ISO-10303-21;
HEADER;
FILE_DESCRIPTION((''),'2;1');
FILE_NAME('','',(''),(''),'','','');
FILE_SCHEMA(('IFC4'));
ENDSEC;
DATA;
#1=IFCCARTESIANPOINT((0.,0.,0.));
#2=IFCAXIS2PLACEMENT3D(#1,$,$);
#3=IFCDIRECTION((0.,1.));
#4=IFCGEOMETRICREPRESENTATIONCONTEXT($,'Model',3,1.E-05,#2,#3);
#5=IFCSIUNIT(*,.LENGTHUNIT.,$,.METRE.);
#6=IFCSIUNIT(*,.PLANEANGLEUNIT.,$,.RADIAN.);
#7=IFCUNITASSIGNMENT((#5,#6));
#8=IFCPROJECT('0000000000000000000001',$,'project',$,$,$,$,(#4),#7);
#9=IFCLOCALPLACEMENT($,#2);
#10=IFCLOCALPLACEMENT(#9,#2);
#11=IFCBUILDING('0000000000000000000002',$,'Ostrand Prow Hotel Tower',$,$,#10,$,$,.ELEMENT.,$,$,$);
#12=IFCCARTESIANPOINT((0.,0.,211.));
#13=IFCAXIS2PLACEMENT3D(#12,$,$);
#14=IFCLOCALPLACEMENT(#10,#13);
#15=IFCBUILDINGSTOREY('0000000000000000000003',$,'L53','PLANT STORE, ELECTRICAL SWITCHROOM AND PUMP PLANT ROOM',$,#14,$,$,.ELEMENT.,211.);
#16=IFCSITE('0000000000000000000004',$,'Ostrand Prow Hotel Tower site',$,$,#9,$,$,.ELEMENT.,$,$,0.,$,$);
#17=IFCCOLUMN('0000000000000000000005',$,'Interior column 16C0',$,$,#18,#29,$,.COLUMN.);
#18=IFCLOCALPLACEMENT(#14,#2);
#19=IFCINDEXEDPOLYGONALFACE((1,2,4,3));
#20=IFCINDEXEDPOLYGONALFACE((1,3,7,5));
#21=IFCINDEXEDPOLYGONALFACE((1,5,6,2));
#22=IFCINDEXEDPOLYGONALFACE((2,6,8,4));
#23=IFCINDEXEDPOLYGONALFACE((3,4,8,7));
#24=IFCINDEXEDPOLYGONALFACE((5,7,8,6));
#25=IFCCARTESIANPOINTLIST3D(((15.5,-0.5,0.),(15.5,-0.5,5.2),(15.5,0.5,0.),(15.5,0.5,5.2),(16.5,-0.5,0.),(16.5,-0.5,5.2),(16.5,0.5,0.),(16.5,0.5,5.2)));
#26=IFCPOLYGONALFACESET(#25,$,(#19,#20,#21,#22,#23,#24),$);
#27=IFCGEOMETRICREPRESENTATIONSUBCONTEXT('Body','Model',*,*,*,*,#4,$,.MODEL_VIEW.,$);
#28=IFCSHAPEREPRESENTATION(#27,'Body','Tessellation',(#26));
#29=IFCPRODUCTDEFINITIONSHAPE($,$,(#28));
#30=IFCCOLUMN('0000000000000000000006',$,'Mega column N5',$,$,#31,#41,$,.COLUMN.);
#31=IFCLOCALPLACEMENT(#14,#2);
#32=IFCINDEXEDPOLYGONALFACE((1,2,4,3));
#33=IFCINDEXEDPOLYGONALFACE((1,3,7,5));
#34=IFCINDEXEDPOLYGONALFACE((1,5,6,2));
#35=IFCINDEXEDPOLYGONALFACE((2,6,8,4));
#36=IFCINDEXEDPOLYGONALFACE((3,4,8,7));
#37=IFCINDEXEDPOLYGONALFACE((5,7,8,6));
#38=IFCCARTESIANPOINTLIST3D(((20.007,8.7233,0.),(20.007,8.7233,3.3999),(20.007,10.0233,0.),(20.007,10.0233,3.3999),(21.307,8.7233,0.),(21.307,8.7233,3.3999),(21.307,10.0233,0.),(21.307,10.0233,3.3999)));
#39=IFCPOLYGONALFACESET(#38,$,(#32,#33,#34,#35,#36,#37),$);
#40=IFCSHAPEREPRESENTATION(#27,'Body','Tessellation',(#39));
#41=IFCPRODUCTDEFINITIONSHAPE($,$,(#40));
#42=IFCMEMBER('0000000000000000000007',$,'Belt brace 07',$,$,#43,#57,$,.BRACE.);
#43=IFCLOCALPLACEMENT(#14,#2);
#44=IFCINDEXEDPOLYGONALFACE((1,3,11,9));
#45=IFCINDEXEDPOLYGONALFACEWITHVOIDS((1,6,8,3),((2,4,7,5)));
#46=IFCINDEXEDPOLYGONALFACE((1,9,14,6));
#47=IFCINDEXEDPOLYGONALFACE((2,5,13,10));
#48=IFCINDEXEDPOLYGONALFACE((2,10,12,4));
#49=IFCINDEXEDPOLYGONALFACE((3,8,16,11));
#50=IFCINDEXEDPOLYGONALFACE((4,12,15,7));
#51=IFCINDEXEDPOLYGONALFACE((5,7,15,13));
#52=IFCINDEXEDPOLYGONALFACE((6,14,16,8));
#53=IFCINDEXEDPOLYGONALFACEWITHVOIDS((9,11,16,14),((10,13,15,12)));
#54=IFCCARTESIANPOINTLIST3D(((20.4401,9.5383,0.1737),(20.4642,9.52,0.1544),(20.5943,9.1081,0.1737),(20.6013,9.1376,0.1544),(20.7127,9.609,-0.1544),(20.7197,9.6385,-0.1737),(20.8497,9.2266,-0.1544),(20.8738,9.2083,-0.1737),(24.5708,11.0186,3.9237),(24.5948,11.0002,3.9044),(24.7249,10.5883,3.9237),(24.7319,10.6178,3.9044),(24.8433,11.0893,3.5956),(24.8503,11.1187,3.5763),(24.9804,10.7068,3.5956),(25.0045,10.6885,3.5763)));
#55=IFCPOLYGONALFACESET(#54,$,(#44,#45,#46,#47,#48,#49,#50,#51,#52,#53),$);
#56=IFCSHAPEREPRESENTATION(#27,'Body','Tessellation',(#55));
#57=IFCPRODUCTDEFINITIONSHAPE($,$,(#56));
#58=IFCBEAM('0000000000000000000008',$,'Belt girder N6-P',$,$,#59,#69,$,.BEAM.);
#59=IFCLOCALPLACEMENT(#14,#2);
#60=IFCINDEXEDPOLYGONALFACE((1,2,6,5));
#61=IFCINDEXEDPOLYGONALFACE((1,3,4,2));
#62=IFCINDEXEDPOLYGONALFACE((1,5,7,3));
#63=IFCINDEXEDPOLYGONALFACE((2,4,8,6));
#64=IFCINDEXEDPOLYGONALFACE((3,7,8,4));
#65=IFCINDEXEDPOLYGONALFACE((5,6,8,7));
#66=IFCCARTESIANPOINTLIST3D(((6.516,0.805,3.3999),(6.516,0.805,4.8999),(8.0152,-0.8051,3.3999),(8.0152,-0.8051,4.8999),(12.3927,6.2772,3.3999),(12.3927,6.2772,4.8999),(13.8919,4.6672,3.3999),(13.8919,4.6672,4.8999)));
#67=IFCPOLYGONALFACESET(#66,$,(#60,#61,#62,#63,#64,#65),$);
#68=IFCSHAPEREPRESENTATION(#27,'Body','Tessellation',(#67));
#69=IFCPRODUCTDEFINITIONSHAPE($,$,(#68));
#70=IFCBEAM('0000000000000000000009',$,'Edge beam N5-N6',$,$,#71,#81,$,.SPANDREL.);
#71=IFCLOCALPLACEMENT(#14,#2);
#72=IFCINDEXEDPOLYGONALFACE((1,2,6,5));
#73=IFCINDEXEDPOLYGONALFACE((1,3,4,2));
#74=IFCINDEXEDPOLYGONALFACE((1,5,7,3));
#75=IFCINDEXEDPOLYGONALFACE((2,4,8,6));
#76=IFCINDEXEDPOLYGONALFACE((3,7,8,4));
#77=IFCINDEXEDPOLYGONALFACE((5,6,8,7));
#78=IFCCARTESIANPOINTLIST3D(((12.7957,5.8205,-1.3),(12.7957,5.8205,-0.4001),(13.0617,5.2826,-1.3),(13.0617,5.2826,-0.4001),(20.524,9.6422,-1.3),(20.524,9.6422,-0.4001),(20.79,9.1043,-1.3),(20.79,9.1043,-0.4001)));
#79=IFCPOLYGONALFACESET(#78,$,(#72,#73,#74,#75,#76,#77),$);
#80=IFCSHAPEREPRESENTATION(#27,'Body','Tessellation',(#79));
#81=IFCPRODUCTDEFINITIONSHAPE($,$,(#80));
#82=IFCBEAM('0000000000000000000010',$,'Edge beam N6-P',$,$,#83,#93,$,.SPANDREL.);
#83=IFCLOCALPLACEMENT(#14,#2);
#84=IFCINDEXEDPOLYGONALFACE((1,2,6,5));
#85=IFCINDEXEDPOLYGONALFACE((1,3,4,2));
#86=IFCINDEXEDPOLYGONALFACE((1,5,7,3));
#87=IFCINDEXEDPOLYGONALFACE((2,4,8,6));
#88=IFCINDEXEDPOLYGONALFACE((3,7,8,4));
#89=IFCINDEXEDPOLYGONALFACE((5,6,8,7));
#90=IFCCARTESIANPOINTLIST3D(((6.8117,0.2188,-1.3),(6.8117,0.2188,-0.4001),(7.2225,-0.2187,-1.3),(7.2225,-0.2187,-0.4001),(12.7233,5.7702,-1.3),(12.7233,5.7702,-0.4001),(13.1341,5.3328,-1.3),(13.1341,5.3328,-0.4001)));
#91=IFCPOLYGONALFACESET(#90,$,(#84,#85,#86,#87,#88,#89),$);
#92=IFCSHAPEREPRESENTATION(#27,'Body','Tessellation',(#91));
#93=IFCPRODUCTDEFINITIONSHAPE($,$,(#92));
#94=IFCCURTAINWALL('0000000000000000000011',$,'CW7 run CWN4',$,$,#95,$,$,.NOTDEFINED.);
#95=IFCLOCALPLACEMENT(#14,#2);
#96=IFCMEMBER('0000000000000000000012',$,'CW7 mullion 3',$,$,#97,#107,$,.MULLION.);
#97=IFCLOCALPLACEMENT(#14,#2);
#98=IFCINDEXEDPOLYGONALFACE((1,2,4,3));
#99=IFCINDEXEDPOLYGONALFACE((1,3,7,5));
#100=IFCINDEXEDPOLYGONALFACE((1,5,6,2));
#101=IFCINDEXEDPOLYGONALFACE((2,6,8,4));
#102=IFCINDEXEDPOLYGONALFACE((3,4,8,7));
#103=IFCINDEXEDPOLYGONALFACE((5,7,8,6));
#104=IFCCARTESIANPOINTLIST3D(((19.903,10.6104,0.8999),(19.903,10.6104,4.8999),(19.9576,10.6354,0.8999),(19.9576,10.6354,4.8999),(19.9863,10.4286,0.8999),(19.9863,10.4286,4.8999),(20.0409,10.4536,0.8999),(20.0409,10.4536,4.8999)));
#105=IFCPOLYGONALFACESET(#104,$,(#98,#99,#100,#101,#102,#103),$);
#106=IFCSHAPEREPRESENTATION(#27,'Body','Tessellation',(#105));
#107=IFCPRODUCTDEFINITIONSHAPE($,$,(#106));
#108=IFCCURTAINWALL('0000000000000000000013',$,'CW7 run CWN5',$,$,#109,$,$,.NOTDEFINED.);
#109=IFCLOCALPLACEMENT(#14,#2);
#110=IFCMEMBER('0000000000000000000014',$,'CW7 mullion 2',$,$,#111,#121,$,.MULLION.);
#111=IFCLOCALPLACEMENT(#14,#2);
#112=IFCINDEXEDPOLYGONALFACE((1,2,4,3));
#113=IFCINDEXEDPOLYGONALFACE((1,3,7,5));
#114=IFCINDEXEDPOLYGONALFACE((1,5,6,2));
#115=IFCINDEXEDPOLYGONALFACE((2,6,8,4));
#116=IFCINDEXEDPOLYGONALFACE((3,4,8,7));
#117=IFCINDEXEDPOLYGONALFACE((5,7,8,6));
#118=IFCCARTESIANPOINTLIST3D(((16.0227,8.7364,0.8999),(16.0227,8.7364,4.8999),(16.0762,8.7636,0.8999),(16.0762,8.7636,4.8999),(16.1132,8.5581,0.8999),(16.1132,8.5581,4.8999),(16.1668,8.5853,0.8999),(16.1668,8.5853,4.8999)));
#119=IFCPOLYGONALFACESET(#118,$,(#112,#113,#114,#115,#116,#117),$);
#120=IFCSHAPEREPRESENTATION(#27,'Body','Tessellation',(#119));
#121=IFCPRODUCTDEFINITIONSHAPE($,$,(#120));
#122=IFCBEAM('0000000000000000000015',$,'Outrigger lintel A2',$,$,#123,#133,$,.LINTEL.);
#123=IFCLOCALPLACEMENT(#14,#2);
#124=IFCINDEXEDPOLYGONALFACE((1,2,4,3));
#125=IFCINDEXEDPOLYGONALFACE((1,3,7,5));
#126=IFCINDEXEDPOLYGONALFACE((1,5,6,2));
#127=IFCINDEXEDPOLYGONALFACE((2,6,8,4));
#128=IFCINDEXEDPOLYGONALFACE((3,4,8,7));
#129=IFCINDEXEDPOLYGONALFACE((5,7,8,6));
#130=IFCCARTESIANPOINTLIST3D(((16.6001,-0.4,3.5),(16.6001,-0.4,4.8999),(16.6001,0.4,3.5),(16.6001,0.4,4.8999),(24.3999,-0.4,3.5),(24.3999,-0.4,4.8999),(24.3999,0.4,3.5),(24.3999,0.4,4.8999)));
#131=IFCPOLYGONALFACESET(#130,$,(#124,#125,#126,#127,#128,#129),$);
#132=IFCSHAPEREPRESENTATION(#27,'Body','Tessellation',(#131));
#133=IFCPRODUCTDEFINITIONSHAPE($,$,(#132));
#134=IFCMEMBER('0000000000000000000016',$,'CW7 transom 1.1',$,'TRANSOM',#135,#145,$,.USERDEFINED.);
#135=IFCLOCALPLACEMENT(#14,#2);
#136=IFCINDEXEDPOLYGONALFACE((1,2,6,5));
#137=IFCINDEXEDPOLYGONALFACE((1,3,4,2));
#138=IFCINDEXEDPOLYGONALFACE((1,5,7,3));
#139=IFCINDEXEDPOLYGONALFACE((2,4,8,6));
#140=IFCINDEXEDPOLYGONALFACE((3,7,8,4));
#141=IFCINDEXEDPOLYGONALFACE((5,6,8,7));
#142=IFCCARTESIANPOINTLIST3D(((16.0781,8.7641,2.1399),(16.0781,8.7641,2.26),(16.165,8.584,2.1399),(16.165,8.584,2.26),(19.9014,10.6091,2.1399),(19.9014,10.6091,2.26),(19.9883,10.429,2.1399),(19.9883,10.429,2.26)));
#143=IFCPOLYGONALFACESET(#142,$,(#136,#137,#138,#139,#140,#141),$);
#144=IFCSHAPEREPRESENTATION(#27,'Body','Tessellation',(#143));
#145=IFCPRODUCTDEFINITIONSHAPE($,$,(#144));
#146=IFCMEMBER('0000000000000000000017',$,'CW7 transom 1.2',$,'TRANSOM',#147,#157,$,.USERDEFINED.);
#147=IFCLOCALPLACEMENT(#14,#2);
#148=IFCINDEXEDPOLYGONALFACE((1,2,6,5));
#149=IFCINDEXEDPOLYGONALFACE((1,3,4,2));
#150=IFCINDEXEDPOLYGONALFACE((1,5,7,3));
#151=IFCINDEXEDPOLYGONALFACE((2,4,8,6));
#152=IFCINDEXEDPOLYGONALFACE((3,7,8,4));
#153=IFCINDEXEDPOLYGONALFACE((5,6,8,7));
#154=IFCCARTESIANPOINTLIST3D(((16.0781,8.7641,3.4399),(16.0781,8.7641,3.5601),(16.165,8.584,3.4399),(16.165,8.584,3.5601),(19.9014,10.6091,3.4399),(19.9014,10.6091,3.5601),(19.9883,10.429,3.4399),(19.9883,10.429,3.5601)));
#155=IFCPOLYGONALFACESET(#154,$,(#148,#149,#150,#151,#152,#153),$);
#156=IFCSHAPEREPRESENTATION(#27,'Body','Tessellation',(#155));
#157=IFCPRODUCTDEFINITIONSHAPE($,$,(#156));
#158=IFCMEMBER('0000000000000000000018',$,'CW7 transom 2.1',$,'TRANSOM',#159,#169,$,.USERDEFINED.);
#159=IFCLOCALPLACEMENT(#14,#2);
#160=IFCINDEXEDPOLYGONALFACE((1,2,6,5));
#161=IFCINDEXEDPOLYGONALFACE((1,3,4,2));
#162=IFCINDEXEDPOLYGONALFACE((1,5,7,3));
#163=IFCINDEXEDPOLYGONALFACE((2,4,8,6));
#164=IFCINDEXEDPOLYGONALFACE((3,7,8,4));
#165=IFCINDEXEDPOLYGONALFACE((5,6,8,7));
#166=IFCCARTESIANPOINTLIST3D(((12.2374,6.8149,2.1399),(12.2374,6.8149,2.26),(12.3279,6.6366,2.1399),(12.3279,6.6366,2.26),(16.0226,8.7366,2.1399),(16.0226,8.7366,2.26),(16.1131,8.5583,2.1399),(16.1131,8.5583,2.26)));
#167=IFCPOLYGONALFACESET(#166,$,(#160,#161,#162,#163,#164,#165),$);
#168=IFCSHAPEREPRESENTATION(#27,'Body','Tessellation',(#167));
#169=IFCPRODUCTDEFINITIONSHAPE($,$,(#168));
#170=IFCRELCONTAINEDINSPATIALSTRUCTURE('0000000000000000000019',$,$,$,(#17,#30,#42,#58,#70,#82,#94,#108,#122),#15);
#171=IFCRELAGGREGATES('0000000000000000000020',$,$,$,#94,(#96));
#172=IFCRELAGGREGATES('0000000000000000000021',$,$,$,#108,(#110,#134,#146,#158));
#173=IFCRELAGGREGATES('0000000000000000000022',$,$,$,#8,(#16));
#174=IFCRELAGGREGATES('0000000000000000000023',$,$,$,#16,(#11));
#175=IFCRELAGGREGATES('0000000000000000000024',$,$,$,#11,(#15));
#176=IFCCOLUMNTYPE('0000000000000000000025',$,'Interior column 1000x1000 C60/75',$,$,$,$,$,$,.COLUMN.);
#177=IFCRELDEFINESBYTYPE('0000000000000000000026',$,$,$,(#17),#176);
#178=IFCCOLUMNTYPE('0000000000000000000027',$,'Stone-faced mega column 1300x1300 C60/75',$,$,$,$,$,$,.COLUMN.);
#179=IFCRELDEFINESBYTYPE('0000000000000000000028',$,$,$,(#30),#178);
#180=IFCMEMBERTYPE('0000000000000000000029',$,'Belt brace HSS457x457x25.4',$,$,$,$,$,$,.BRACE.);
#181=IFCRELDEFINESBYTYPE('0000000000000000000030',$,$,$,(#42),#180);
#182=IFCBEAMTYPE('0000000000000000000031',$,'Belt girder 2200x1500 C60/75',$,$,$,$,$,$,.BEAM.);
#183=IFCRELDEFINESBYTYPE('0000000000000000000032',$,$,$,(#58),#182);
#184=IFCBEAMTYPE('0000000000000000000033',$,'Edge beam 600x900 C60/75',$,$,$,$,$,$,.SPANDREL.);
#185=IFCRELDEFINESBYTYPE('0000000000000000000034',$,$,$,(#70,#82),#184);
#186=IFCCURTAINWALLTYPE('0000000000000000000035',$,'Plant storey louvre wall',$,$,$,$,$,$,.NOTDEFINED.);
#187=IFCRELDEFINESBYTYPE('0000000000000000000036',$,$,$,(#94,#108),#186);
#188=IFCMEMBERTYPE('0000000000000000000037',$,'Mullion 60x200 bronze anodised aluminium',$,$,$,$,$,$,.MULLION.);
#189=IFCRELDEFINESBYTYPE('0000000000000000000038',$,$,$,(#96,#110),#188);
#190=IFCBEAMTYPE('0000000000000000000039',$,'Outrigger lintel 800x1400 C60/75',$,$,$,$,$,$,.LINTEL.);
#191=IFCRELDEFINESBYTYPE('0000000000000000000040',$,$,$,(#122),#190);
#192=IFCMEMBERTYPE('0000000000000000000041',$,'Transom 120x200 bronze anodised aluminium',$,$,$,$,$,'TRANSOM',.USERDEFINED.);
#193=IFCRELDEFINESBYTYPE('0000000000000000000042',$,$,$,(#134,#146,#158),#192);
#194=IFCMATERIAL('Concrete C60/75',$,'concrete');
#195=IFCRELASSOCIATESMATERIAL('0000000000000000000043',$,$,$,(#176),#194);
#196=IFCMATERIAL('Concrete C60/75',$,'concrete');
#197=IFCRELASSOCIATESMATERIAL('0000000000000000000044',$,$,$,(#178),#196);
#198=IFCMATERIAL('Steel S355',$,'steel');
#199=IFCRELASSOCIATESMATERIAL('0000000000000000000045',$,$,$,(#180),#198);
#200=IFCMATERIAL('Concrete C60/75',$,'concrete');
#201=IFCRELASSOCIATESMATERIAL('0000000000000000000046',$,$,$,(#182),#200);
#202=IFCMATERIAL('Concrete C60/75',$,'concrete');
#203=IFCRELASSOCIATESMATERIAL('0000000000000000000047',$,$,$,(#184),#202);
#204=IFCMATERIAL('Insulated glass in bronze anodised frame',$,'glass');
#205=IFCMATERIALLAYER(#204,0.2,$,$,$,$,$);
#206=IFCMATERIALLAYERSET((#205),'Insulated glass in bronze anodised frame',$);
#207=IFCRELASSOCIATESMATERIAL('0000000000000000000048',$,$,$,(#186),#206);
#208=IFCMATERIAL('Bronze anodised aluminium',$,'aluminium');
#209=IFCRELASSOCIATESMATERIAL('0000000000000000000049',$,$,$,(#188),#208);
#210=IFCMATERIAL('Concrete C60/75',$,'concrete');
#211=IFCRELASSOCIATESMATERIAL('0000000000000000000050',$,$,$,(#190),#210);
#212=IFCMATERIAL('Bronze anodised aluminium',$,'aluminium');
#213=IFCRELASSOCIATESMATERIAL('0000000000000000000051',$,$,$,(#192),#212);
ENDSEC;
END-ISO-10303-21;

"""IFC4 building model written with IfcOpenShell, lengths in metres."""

from ifc_helpers import new_model, si_unit, direction, frame, origin, origin_2d, place, context, subcontext, project, spatial, rectangle, hollow_rectangle, extrude, material, layer, layer_set, material_profile, profile_set, type_object, element, aggregate, save


model = new_model("IFC4")

# Units and contexts
model_context = context("Model", 3, precision=1e-05, world=origin(), true_north=direction((0.0, 1.0)))
body_context = subcontext(model_context, "Body", "Model", "MODEL_VIEW")
ifc_project = project(units=[si_unit("LENGTHUNIT", "METRE"), si_unit("PLANEANGLEUNIT", "RADIAN")], contexts=[model_context])

# Site, building, storey
site_placement = place(None, origin())
site = spatial("IfcSite", under=ifc_project, at=site_placement, Name="Ostrand Prow Hotel Tower site", CompositionType="ELEMENT", RefElevation=0.0)
building_placement = place(site_placement, origin())
building = spatial("IfcBuilding", under=site, at=building_placement, Name="Ostrand Prow Hotel Tower", CompositionType="ELEMENT")
storey_placement = place(building_placement, frame((0.0, 0.0, 211.0)))
storey = spatial("IfcBuildingStorey", under=building, at=storey_placement, Name="L53", Description="PLANT STORE, ELECTRICAL SWITCHROOM AND PUMP PLANT ROOM", CompositionType="ELEMENT", Elevation=211.0)

# Columns
ifc_material_1 = material(Name="Concrete C60/75", Category="concrete")
ifc_material_profile_1 = material_profile(ifc_material_1, rectangle(XDim=1.0, YDim=1.0, at=origin_2d()), Name="RC 1000x1000")
ifc_profile_set_1 = profile_set([ifc_material_profile_1], Name="Concrete C60/75")
column_type_1 = type_object("IfcColumnType", Name="Interior column 1000x1000 C60/75", PredefinedType="COLUMN", material=ifc_profile_set_1)
column_1_placement = place(storey_placement, frame((16.0, 0.0, 0.0), z_axis=(0.0, 0.0, 1.0), x_axis=(1.0, 0.0, 0.0)))
element("IfcColumn", 1, at=column_1_placement, inside=storey, type_object=column_type_1, Name="Interior column 16C0", PredefinedType="COLUMN", context=body_context, shape_type="SweptSolid", body=[
    extrude(rectangle(XDim=1.0, YDim=1.0, at=origin_2d()), origin(), (0.0, 0.0, 1.0), 5.2),
])
ifc_material_2 = material(Name="Concrete C60/75", Category="concrete")
ifc_material_profile_2 = material_profile(ifc_material_2, rectangle(XDim=1.3, YDim=1.3, at=origin_2d()), Name="RC 1300x1300")
ifc_profile_set_2 = profile_set([ifc_material_profile_2], Name="Concrete C60/75")
column_type_2 = type_object("IfcColumnType", Name="Stone-faced mega column 1300x1300 C60/75", PredefinedType="COLUMN", material=ifc_profile_set_2)
column_2_placement = place(storey_placement, frame((20.657, 9.3733, 0.0), z_axis=(0.0, 0.0, 1.0), x_axis=(1.0, 0.0, 0.0)))
element("IfcColumn", 2, at=column_2_placement, inside=storey, type_object=column_type_2, Name="Mega column N5", PredefinedType="COLUMN", context=body_context, shape_type="SweptSolid", body=[
    extrude(rectangle(XDim=1.3, YDim=1.3, at=origin_2d()), origin(), (0.0, 0.0, 1.0), 3.3999),
])

# Member
ifc_material_3 = material(Name="Steel S355", Category="steel")
ifc_material_profile_3 = material_profile(ifc_material_3, hollow_rectangle(XDim=0.457, YDim=0.457, WallThickness=0.0254, at=origin_2d()), Name="HSS457x457x25.4")
ifc_profile_set_3 = profile_set([ifc_material_profile_3], Name="Steel S355")
member_type_1 = type_object("IfcMemberType", Name="Belt brace HSS457x457x25.4", PredefinedType="BRACE", material=ifc_profile_set_3)
member_1_placement = place(storey_placement, frame((20.657, 9.3733, 0.0), z_axis=(0.715634, 0.256451, 0.649692), x_axis=(-0.337348, 0.94138, 0.0)))
element("IfcMember", 3, at=member_1_placement, inside=storey, type_object=member_type_1, Name="Belt brace 07", PredefinedType="BRACE", context=body_context, shape_type="SweptSolid", body=[
    extrude(hollow_rectangle(XDim=0.457, YDim=0.457, WallThickness=0.0254, at=origin_2d()), origin(), (0.0, 0.0, 1.0), 5.772),
])

# Beams
ifc_material_4 = material(Name="Concrete C60/75", Category="concrete")
ifc_material_profile_4 = material_profile(ifc_material_4, rectangle(XDim=2.2, YDim=1.5, at=origin_2d()), Name="RC 2200x1500")
ifc_profile_set_4 = profile_set([ifc_material_profile_4], Name="Concrete C60/75")
beam_type_1 = type_object("IfcBeamType", Name="Belt girder 2200x1500 C60/75", PredefinedType="BEAM", material=ifc_profile_set_4)
beam_1_placement = place(storey_placement, frame((13.1423, 5.4722, 4.1499), z_axis=(-0.731847, -0.681469, 0.0), x_axis=(0.681469, -0.731847, 0.0)))
element("IfcBeam", 4, at=beam_1_placement, inside=storey, type_object=beam_type_1, Name="Belt girder N6-P", PredefinedType="BEAM", context=body_context, shape_type="SweptSolid", body=[
    extrude(rectangle(XDim=2.2, YDim=1.5, at=origin_2d()), origin(), (0.0, 0.0, 1.0), 8.03),
])
ifc_material_5 = material(Name="Concrete C60/75", Category="concrete")
ifc_material_profile_5 = material_profile(ifc_material_5, rectangle(XDim=0.6001, YDim=0.8999, at=origin_2d()), Name="RC 600x900")
ifc_profile_set_5 = profile_set([ifc_material_profile_5], Name="Concrete C60/75")
beam_type_2 = type_object("IfcBeamType", Name="Edge beam 600x900 C60/75", PredefinedType="SPANDREL", material=ifc_profile_set_5)
beam_2_placement = place(storey_placement, frame((20.657, 9.3733, -0.8501), z_axis=(-0.896384, -0.443279, 0.0), x_axis=(0.443279, -0.896384, 0.0)))
element("IfcBeam", 5, at=beam_2_placement, inside=storey, type_object=beam_type_2, Name="Edge beam N5-N6", PredefinedType="SPANDREL", context=body_context, shape_type="SweptSolid", body=[
    extrude(rectangle(XDim=0.6001, YDim=0.8999, at=origin_2d()), origin(), (0.0, 0.0, 1.0), 8.6216),
])
beam_3_placement = place(storey_placement, frame((12.9287, 5.5515, -0.8501), z_axis=(-0.728961, -0.684556, 0.0), x_axis=(0.684556, -0.728961, 0.0)))
element("IfcBeam", 6, at=beam_3_placement, inside=storey, type_object=beam_type_2, Name="Edge beam N6-P", PredefinedType="SPANDREL", context=body_context, shape_type="SweptSolid", body=[
    extrude(rectangle(XDim=0.6001, YDim=0.8999, at=origin_2d()), origin(), (0.0, 0.0, 1.0), 8.1096),
])

# Curtain walls, members
ifc_material_6 = material(Name="Insulated glass in bronze anodised frame", Category="glass")
ifc_layer_1 = layer(ifc_material_6, 0.2)
ifc_layer_set_1 = layer_set([ifc_layer_1], Name="Insulated glass in bronze anodised frame")
curtain_wall_type = type_object("IfcCurtainWallType", Name="Plant storey louvre wall", PredefinedType="NOTDEFINED", material=ifc_layer_set_1)
curtain_wall_1_placement = place(storey_placement, origin())
curtain_wall_1 = element("IfcCurtainWall", 7, at=curtain_wall_1_placement, inside=storey, type_object=curtain_wall_type, Name="CW7 run CWN4", PredefinedType="NOTDEFINED")
ifc_material_7 = material(Name="Bronze anodised aluminium", Category="aluminium")
ifc_material_profile_6 = material_profile(ifc_material_7, rectangle(XDim=0.2, YDim=0.0601, at=origin_2d()), Name="Mullion 60x200 bronze anodised aluminium")
ifc_profile_set_6 = profile_set([ifc_material_profile_6], Name="Bronze anodised aluminium")
member_type_2 = type_object("IfcMemberType", Name="Mullion 60x200 bronze anodised aluminium", PredefinedType="MULLION", material=ifc_profile_set_6)
member_2_placement = place(storey_placement, frame((19.9719, 10.532, 0.8999), z_axis=(0.0, 0.0, 1.0), x_axis=(0.416393, -0.909185, 0.0)))
member_2 = element("IfcMember", 8, at=member_2_placement, type_object=member_type_2, Name="CW7 mullion 3", PredefinedType="MULLION", context=body_context, shape_type="SweptSolid", body=[
    extrude(rectangle(XDim=0.2, YDim=0.0601, at=origin_2d()), origin(), (0.0, 0.0, 1.0), 4.0),
])
aggregate(curtain_wall_1, [member_2])
curtain_wall_2_placement = place(storey_placement, origin())
curtain_wall_2 = element("IfcCurtainWall", 9, at=curtain_wall_2_placement, inside=storey, type_object=curtain_wall_type, Name="CW7 run CWN5", PredefinedType="NOTDEFINED")
member_3_placement = place(storey_placement, frame((16.0947, 8.6609, 0.8999), z_axis=(0.0, 0.0, 1.0), x_axis=(0.452659, -0.891684, 0.0)))
member_3 = element("IfcMember", 10, at=member_3_placement, type_object=member_type_2, Name="CW7 mullion 2", PredefinedType="MULLION", context=body_context, shape_type="SweptSolid", body=[
    extrude(rectangle(XDim=0.2, YDim=0.0601, at=origin_2d()), origin(), (0.0, 0.0, 1.0), 4.0),
])

# Beam
ifc_material_8 = material(Name="Concrete C60/75", Category="concrete")
ifc_material_profile_7 = material_profile(ifc_material_8, rectangle(XDim=0.8, YDim=1.3999, at=origin_2d()), Name="RC 800x1400")
ifc_profile_set_7 = profile_set([ifc_material_profile_7], Name="Concrete C60/75")
beam_type_3 = type_object("IfcBeamType", Name="Outrigger lintel 800x1400 C60/75", PredefinedType="LINTEL", material=ifc_profile_set_7)
beam_4_placement = place(storey_placement, frame((16.6001, 0.0, 4.2), z_axis=(1.0, 0.0, 0.0), x_axis=(0.0, 1.0, 0.0)))
element("IfcBeam", 11, at=beam_4_placement, inside=storey, type_object=beam_type_3, Name="Outrigger lintel A2", PredefinedType="LINTEL", context=body_context, shape_type="SweptSolid", body=[
    extrude(rectangle(XDim=0.8, YDim=1.3999, at=origin_2d()), origin(), (0.0, 0.0, 1.0), 7.7998),
])

# Members
ifc_material_9 = material(Name="Bronze anodised aluminium", Category="aluminium")
ifc_material_profile_8 = material_profile(ifc_material_9, rectangle(XDim=0.2, YDim=0.1201, at=origin_2d()), Name="Transom 120x200 bronze anodised aluminium")
ifc_profile_set_8 = profile_set([ifc_material_profile_8], Name="Bronze anodised aluminium")
member_type_3 = type_object("IfcMemberType", Name="Transom 120x200 bronze anodised aluminium", ElementType="TRANSOM", PredefinedType="USERDEFINED", material=ifc_profile_set_8)
member_4_placement = place(storey_placement, frame((19.9448, 10.519, 2.2), z_axis=(-0.900619, -0.434609, 0.0), x_axis=(0.434609, -0.900619, 0.0)))
member_4 = element("IfcMember", 12, at=member_4_placement, type_object=member_type_3, Name="CW7 transom 1.1", ObjectType="TRANSOM", PredefinedType="USERDEFINED", context=body_context, shape_type="SweptSolid", body=[
    extrude(rectangle(XDim=0.2, YDim=0.1201, at=origin_2d()), origin(), (0.0, 0.0, 1.0), 4.2451),
])
member_5_placement = place(storey_placement, frame((19.9448, 10.519, 3.5), z_axis=(-0.900619, -0.434609, 0.0), x_axis=(0.434609, -0.900619, 0.0)))
member_5 = element("IfcMember", 13, at=member_5_placement, type_object=member_type_3, Name="CW7 transom 1.2", ObjectType="TRANSOM", PredefinedType="USERDEFINED", context=body_context, shape_type="SweptSolid", body=[
    extrude(rectangle(XDim=0.2, YDim=0.1201, at=origin_2d()), origin(), (0.0, 0.0, 1.0), 4.2451),
])
member_6_placement = place(storey_placement, frame((16.0679, 8.6475, 2.2), z_axis=(-0.891673, -0.45268, 0.0), x_axis=(0.45268, -0.891673, 0.0)))
member_6 = element("IfcMember", 14, at=member_6_placement, type_object=member_type_3, Name="CW7 transom 2.1", ObjectType="TRANSOM", PredefinedType="USERDEFINED", context=body_context, shape_type="SweptSolid", body=[
    extrude(rectangle(XDim=0.2, YDim=0.1201, at=origin_2d()), origin(), (0.0, 0.0, 1.0), 4.2451),
])

aggregate(curtain_wall_2, [member_3, member_4, member_5, member_6])

save(model, "model.ifc")
